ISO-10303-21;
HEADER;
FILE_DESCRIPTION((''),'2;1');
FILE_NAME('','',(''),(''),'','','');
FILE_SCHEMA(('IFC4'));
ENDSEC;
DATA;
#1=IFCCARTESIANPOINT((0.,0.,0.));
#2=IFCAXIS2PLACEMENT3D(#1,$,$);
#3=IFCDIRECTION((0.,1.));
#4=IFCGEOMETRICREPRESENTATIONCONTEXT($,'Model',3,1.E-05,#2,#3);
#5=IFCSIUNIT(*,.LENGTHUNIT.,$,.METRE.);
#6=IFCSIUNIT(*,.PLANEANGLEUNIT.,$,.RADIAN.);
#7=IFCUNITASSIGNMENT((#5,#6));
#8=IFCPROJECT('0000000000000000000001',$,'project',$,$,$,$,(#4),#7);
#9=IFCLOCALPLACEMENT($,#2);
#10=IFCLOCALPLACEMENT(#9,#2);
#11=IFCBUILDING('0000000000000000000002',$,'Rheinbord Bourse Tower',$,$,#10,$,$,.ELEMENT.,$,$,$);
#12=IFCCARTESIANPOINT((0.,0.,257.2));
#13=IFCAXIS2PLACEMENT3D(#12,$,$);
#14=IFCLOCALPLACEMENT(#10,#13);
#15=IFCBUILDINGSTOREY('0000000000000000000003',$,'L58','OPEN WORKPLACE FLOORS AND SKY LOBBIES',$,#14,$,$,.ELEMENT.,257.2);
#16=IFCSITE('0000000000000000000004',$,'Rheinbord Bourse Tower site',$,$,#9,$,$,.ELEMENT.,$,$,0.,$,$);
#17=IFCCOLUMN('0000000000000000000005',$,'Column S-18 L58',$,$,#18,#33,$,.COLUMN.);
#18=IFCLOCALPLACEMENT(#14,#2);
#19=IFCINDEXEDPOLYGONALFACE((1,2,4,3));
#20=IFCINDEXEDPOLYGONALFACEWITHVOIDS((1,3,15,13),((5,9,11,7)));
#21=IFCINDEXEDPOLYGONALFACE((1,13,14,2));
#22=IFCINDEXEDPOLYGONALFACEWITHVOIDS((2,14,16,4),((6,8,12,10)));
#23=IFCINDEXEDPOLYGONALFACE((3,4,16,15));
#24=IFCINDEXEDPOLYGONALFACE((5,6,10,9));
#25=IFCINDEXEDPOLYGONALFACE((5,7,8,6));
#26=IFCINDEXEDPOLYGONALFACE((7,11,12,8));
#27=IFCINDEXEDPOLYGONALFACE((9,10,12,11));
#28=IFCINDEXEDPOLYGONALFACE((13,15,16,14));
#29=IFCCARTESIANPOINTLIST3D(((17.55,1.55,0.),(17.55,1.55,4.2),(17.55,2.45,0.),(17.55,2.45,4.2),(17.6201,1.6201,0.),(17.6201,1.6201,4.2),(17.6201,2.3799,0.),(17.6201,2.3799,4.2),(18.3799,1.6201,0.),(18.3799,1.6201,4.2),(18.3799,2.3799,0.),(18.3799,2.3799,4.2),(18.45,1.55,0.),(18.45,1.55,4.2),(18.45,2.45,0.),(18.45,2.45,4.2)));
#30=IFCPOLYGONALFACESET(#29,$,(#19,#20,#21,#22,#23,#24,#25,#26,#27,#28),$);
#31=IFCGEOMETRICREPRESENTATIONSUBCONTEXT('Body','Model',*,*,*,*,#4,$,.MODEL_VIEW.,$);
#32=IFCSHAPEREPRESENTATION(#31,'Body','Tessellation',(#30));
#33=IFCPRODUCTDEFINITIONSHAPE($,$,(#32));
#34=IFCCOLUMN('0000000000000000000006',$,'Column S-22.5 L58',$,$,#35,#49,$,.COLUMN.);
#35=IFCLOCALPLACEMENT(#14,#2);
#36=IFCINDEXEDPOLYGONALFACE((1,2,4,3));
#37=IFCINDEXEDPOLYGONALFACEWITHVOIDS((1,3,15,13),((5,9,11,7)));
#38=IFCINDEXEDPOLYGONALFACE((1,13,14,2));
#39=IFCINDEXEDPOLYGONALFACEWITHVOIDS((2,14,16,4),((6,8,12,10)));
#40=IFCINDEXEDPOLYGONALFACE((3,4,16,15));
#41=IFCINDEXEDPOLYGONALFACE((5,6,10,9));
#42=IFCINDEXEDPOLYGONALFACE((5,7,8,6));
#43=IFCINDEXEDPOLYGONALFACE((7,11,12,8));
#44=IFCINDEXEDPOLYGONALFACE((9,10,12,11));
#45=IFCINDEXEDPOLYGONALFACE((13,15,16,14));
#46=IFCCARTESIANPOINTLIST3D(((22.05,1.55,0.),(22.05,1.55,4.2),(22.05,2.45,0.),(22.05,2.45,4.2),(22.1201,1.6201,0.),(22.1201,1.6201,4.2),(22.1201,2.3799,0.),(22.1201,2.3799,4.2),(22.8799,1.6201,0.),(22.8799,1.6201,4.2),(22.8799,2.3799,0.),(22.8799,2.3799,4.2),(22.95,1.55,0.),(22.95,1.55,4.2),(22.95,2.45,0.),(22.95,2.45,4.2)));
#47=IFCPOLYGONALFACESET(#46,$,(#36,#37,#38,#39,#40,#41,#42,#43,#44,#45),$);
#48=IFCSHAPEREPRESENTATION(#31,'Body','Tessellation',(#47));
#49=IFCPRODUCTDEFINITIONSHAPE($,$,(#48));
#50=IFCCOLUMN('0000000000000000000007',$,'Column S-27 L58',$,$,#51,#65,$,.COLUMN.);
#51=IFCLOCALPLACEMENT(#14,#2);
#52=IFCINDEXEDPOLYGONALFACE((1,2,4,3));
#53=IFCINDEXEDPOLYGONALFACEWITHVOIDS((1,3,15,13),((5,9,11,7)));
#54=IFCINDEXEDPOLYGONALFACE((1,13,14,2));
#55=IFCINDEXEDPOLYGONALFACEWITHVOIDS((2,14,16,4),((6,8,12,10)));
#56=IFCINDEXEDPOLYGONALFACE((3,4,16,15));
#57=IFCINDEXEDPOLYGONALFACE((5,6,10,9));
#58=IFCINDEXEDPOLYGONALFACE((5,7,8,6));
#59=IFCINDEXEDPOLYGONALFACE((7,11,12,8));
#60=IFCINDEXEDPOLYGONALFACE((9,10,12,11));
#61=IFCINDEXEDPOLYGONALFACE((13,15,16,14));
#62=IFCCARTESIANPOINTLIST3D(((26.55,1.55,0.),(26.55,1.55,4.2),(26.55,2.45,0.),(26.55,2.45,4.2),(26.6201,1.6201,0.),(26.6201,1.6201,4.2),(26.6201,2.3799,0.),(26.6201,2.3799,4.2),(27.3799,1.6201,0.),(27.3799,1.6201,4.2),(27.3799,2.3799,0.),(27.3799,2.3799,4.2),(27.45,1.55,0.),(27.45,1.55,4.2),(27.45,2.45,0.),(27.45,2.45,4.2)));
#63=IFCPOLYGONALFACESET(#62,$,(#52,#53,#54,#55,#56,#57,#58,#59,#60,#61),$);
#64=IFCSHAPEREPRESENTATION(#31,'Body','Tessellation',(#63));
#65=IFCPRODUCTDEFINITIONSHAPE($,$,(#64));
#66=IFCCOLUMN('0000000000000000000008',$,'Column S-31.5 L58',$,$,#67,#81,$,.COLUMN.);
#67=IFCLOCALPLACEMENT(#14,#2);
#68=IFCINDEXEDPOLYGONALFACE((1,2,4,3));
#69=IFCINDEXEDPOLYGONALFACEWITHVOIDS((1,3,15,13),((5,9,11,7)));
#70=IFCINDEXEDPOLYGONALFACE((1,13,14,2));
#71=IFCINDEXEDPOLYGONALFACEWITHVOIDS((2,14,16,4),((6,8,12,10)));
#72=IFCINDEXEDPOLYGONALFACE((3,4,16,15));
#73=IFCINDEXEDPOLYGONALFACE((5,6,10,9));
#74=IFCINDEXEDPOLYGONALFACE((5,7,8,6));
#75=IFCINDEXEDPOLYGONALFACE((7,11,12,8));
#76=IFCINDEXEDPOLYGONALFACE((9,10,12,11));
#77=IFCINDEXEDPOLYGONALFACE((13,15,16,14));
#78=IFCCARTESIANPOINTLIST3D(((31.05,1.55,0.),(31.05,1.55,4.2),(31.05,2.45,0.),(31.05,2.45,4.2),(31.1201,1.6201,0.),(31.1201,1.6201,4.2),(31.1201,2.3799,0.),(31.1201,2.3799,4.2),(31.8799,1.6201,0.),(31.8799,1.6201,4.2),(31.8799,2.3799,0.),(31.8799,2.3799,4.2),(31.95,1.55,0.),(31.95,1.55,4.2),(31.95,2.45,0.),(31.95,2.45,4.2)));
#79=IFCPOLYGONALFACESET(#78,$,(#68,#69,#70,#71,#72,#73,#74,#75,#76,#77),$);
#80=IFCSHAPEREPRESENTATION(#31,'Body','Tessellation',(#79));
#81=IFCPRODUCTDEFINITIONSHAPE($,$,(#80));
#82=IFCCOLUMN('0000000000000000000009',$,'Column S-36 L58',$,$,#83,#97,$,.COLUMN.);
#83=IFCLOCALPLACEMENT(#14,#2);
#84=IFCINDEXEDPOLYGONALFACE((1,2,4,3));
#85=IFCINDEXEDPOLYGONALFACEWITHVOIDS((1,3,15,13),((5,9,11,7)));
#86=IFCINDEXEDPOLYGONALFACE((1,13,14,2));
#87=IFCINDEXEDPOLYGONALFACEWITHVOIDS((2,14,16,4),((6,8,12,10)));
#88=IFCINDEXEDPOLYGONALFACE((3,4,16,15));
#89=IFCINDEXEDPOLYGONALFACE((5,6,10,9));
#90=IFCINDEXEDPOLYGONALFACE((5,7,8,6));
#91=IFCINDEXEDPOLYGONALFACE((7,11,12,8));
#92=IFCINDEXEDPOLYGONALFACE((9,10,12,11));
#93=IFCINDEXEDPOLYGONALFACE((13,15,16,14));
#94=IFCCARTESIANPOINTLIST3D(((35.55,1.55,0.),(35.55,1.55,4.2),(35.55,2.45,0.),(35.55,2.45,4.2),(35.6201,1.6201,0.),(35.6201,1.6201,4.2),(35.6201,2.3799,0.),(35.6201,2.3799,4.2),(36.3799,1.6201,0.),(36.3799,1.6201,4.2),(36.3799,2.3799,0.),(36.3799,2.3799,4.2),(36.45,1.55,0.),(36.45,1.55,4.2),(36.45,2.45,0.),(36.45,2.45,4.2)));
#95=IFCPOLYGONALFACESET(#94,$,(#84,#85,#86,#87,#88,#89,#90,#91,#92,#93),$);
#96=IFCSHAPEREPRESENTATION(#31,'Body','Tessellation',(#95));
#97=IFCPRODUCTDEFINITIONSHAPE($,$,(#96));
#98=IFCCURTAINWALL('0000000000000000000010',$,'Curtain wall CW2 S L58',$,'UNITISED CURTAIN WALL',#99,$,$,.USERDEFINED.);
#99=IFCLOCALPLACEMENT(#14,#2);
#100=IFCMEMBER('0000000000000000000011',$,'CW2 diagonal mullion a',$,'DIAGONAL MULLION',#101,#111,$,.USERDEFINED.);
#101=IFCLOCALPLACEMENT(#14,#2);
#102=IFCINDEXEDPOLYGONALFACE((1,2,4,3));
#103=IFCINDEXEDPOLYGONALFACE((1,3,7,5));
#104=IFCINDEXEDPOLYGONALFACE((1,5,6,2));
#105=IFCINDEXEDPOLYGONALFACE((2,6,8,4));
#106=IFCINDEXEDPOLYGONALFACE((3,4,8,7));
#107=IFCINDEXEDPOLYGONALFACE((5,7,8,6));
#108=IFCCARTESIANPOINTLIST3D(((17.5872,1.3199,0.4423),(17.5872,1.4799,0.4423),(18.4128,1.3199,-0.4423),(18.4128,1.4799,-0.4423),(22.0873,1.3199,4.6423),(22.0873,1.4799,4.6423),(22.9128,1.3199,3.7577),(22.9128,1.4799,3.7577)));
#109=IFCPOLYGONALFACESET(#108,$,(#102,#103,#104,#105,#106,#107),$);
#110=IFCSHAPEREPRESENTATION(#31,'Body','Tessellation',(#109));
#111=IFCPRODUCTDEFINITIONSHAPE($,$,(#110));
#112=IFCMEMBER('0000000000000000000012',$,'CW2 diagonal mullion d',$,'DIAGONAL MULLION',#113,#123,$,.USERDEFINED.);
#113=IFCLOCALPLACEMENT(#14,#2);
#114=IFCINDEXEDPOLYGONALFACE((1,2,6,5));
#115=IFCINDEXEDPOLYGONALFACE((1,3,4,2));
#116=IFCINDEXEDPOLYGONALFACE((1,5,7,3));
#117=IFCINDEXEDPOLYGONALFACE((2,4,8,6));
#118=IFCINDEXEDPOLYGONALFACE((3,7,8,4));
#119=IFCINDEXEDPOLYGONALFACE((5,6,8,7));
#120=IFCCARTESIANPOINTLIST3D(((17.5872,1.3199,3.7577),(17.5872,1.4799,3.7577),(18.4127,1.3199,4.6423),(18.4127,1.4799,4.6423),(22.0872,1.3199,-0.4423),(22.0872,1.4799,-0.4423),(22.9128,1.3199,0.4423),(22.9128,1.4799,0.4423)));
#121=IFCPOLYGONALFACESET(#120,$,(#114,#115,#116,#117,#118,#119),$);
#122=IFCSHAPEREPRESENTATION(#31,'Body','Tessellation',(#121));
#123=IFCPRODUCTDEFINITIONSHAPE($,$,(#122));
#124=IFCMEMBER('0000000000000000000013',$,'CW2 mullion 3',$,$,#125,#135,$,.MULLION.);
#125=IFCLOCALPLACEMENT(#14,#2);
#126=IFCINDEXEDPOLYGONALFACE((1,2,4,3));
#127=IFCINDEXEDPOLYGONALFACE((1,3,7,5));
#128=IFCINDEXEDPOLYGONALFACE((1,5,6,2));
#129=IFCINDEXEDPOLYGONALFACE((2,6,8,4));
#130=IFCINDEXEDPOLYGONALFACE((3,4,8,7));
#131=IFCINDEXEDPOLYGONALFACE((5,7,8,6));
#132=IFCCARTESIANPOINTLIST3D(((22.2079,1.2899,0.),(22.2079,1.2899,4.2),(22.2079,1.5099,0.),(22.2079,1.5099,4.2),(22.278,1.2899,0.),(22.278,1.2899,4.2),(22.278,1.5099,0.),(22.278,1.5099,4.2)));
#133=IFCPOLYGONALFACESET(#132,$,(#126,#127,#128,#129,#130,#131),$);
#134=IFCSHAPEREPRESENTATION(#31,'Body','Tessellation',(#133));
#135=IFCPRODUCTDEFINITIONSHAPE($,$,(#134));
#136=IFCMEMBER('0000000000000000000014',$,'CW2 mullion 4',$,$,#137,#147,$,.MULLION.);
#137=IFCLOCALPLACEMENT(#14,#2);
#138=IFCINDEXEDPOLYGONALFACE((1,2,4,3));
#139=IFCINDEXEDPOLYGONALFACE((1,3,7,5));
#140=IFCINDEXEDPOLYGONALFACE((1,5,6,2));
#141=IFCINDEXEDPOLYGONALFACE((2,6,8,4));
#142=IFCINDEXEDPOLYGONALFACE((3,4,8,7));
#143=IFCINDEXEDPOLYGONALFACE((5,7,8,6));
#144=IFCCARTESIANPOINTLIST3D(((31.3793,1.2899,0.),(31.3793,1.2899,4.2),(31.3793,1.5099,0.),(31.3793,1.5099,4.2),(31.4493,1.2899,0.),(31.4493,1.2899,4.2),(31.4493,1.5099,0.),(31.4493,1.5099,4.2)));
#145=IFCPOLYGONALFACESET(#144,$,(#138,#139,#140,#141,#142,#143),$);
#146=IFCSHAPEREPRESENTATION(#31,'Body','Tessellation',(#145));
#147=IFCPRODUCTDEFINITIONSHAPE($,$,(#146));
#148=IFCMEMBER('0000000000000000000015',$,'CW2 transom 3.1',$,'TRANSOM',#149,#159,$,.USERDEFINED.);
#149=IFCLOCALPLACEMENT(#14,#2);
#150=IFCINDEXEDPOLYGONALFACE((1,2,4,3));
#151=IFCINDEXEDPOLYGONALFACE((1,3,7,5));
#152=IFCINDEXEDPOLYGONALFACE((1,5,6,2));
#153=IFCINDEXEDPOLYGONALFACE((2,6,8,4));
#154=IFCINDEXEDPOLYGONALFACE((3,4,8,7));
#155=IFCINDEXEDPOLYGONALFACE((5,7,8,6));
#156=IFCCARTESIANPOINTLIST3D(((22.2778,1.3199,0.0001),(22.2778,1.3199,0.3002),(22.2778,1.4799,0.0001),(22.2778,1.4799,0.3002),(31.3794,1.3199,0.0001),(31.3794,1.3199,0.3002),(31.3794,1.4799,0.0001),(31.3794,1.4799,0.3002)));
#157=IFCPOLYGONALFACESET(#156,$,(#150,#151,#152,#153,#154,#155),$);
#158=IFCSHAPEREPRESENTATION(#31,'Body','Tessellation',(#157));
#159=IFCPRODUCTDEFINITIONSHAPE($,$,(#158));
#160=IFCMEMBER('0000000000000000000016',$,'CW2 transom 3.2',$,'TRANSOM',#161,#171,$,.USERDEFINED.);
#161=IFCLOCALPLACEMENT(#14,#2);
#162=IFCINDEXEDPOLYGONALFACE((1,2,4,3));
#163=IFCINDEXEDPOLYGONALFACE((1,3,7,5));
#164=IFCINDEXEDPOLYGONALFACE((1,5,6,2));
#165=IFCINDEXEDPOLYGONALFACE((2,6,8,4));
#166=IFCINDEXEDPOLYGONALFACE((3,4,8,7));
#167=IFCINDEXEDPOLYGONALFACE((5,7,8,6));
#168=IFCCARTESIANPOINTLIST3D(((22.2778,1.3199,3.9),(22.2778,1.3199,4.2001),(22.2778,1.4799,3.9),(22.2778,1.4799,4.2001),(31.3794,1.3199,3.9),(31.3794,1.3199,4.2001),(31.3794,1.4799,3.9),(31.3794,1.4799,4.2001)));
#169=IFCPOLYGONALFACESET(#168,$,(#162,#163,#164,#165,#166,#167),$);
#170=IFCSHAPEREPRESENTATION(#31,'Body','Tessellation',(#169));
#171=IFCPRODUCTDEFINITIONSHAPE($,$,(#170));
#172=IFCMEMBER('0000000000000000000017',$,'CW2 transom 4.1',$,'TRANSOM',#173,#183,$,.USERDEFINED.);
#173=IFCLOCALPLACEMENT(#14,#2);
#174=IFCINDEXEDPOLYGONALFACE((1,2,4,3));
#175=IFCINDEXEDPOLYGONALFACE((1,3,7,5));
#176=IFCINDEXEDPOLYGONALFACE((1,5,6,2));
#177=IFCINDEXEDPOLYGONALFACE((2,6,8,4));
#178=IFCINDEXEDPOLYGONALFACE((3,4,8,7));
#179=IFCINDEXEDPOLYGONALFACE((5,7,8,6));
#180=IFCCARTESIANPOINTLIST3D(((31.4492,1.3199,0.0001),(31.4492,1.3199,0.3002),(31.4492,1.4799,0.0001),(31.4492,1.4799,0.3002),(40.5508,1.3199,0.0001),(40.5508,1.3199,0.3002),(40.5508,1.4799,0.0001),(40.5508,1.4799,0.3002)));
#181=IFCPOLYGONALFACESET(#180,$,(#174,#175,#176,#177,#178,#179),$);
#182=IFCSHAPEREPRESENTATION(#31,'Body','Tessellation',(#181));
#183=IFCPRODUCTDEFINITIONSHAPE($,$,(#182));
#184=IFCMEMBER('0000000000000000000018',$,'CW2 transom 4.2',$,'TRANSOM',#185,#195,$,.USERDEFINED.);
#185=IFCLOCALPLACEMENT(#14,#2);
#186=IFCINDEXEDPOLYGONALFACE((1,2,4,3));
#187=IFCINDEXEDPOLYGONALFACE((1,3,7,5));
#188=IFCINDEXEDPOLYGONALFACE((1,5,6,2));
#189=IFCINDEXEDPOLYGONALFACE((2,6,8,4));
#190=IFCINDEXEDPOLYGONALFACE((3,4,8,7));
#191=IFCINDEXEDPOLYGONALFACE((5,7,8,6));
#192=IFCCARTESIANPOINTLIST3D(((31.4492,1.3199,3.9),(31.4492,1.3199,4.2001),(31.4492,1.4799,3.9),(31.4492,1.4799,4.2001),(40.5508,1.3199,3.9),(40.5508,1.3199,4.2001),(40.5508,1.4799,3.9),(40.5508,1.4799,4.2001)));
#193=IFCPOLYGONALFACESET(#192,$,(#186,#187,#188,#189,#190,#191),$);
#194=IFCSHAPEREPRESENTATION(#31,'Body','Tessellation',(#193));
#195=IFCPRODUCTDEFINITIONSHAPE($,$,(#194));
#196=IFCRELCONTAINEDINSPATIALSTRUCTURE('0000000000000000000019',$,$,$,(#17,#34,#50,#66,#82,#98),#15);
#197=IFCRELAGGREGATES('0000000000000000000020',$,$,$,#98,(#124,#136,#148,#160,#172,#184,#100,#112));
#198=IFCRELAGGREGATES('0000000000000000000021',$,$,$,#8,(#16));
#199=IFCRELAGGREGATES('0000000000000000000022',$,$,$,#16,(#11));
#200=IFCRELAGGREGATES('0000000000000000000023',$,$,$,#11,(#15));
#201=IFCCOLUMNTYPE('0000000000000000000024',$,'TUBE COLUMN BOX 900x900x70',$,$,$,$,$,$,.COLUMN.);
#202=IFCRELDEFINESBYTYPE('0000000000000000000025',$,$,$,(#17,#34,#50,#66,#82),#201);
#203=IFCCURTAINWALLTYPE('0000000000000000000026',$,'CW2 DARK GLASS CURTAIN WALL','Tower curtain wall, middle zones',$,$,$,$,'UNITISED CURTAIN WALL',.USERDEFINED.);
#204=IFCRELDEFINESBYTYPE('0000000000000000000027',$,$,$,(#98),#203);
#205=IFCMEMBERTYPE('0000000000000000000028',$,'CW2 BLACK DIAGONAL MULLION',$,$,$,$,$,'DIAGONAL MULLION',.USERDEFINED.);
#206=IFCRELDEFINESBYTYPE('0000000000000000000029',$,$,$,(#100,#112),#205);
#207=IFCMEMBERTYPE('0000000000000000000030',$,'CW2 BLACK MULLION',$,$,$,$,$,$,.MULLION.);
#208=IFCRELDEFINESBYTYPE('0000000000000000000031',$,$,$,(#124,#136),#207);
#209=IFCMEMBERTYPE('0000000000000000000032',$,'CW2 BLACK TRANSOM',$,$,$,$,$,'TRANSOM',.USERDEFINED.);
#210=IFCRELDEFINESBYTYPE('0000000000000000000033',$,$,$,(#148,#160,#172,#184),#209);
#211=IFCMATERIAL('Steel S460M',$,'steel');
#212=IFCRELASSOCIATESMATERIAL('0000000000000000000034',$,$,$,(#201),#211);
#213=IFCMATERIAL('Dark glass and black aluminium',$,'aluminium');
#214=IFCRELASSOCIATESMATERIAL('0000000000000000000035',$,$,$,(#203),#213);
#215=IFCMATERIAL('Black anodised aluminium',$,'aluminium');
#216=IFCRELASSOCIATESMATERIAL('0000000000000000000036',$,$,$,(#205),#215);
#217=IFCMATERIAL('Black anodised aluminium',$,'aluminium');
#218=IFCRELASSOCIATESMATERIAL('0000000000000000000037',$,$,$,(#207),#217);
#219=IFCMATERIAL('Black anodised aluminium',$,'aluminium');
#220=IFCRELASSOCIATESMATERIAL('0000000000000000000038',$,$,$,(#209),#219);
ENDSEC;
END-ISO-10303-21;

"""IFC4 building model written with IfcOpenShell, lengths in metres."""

from ifc_helpers import new_model, si_unit, direction, frame, origin, origin_2d, place, context, subcontext, project, spatial, rectangle, hollow_rectangle, extrude, material, material_profile, profile_set, type_object, element, aggregate, save


model = new_model("IFC4")

# Units and contexts
model_context = context("Model", 3, precision=1e-05, world=origin(), true_north=direction((0.0, 1.0)))
body_context = subcontext(model_context, "Body", "Model", "MODEL_VIEW")
ifc_project = project(units=[si_unit("LENGTHUNIT", "METRE"), si_unit("PLANEANGLEUNIT", "RADIAN")], contexts=[model_context])

# Site, building, storey
site_placement = place(None, origin())
site = spatial("IfcSite", under=ifc_project, at=site_placement, Name="Rheinbord Bourse Tower site", CompositionType="ELEMENT", RefElevation=0.0)
building_placement = place(site_placement, origin())
building = spatial("IfcBuilding", under=site, at=building_placement, Name="Rheinbord Bourse Tower", CompositionType="ELEMENT")
storey_placement = place(building_placement, frame((0.0, 0.0, 257.2)))
storey = spatial("IfcBuildingStorey", under=building, at=storey_placement, Name="L58", Description="OPEN WORKPLACE FLOORS AND SKY LOBBIES", CompositionType="ELEMENT", Elevation=257.2)

# Columns
ifc_material_1 = material(Name="Steel S460M", Category="steel")
ifc_material_profile_1 = material_profile(ifc_material_1, hollow_rectangle(XDim=0.8999, YDim=0.8999, WallThickness=0.0701, at=origin_2d()), Name="BOX 900x900x70")
ifc_profile_set_1 = profile_set([ifc_material_profile_1], Name="Steel S460M")
column_type = type_object("IfcColumnType", Name="TUBE COLUMN BOX 900x900x70", PredefinedType="COLUMN", material=ifc_profile_set_1)
for number, where, z_axis, x_axis, name in (
    (1, (18.0, 2.0, 0.0), (0.0, 0.0, 1.0), (0.0, 1.0, 0.0), "Column S-18 L58"),
    (2, (22.5, 2.0, 0.0), (0.0, 0.0, 1.0), (0.0, 1.0, 0.0), "Column S-22.5 L58"),
    (3, (27.0, 2.0, 0.0), (0.0, 0.0, 1.0), (0.0, 1.0, 0.0), "Column S-27 L58"),
    (4, (31.5, 2.0, 0.0), (0.0, 0.0, 1.0), (0.0, 1.0, 0.0), "Column S-31.5 L58"),
    (5, (36.0, 2.0, 0.0), (0.0, 0.0, 1.0), (0.0, 1.0, 0.0), "Column S-36 L58"),
):
    element("IfcColumn", number, at=place(storey_placement, frame(where, z_axis=z_axis, x_axis=x_axis)), inside=storey, type_object=column_type, Name=name, PredefinedType="COLUMN", context=body_context, shape_type="SweptSolid", body=[
        extrude(hollow_rectangle(XDim=0.8999, YDim=0.8999, WallThickness=0.0701, at=origin_2d()), origin(), (0.0, 0.0, 1.0), 4.2),
    ])

# Curtain wall, members
ifc_material_2 = material(Name="Dark glass and black aluminium", Category="aluminium")
curtain_wall_type = type_object("IfcCurtainWallType", Name="CW2 DARK GLASS CURTAIN WALL", Description="Tower curtain wall, middle zones", ElementType="UNITISED CURTAIN WALL", PredefinedType="USERDEFINED", material=ifc_material_2)
curtain_wall_placement = place(storey_placement, origin())
curtain_wall = element("IfcCurtainWall", 6, at=curtain_wall_placement, inside=storey, type_object=curtain_wall_type, Name="Curtain wall CW2 S L58", ObjectType="UNITISED CURTAIN WALL", PredefinedType="USERDEFINED")
ifc_material_3 = material(Name="Black anodised aluminium", Category="aluminium")
ifc_material_profile_2 = material_profile(ifc_material_3, rectangle(XDim=0.1599, YDim=1.21, at=origin_2d()), Name="CW2 DIAGONAL MULLION 1210x160")
ifc_profile_set_2 = profile_set([ifc_material_profile_2], Name="Black anodised aluminium")
member_type_1 = type_object("IfcMemberType", Name="CW2 BLACK DIAGONAL MULLION", ElementType="DIAGONAL MULLION", PredefinedType="USERDEFINED", material=ifc_profile_set_2)
member_1_placement = place(storey_placement, frame((18.0, 1.3999, 0.0), z_axis=(0.731059, 0.0, 0.682314), x_axis=(0.0, 1.0, 0.0)))
member_1 = element("IfcMember", 7, at=member_1_placement, type_object=member_type_1, Name="CW2 diagonal mullion a", ObjectType="DIAGONAL MULLION", PredefinedType="USERDEFINED", context=body_context, shape_type="SweptSolid", body=[
    extrude(rectangle(XDim=0.1599, YDim=1.21, at=origin_2d()), origin(), (0.0, 0.0, 1.0), 6.1555),
])
member_2_placement = place(storey_placement, frame((22.5, 1.3999, 0.0), z_axis=(-0.731059, 0.0, 0.682314), x_axis=(0.0, -1.0, 0.0)))
member_2 = element("IfcMember", 8, at=member_2_placement, type_object=member_type_1, Name="CW2 diagonal mullion d", ObjectType="DIAGONAL MULLION", PredefinedType="USERDEFINED", context=body_context, shape_type="SweptSolid", body=[
    extrude(rectangle(XDim=0.1599, YDim=1.21, at=origin_2d()), origin(), (0.0, 0.0, 1.0), 6.1555),
])
ifc_material_4 = material(Name="Black anodised aluminium", Category="aluminium")
ifc_material_profile_3 = material_profile(ifc_material_4, rectangle(XDim=0.22, YDim=0.0701, at=origin_2d()), Name="CW2 MULLION 70x220")
ifc_profile_set_3 = profile_set([ifc_material_profile_3], Name="Black anodised aluminium")
member_type_2 = type_object("IfcMemberType", Name="CW2 BLACK MULLION", PredefinedType="MULLION", material=ifc_profile_set_3)
member_3_placement = place(storey_placement, frame((22.2429, 1.3999, 0.0), z_axis=(0.0, 0.0, 1.0), x_axis=(0.0, 1.0, 0.0)))
member_3 = element("IfcMember", 9, at=member_3_placement, type_object=member_type_2, Name="CW2 mullion 3", PredefinedType="MULLION", context=body_context, shape_type="SweptSolid", body=[
    extrude(rectangle(XDim=0.22, YDim=0.0701, at=origin_2d()), origin(), (0.0, 0.0, 1.0), 4.2),
])
member_4_placement = place(storey_placement, frame((31.4143, 1.3999, 0.0), z_axis=(0.0, 0.0, 1.0), x_axis=(0.0, 1.0, 0.0)))
member_4 = element("IfcMember", 10, at=member_4_placement, type_object=member_type_2, Name="CW2 mullion 4", PredefinedType="MULLION", context=body_context, shape_type="SweptSolid", body=[
    extrude(rectangle(XDim=0.22, YDim=0.0701, at=origin_2d()), origin(), (0.0, 0.0, 1.0), 4.2),
])
ifc_material_5 = material(Name="Black anodised aluminium", Category="aluminium")
ifc_material_profile_4 = material_profile(ifc_material_5, rectangle(XDim=0.1599, YDim=0.3, at=origin_2d()), Name="CW2 TRANSOM 300x160")
ifc_profile_set_4 = profile_set([ifc_material_profile_4], Name="Black anodised aluminium")
member_type_3 = type_object("IfcMemberType", Name="CW2 BLACK TRANSOM", ElementType="TRANSOM", PredefinedType="USERDEFINED", material=ifc_profile_set_4)
member_5_placement = place(storey_placement, frame((22.2778, 1.3999, 0.1501), z_axis=(1.0, 0.0, 0.0), x_axis=(0.0, 1.0, 0.0)))
member_5 = element("IfcMember", 11, at=member_5_placement, type_object=member_type_3, Name="CW2 transom 3.1", ObjectType="TRANSOM", PredefinedType="USERDEFINED", context=body_context, shape_type="SweptSolid", body=[
    extrude(rectangle(XDim=0.1599, YDim=0.3, at=origin_2d()), origin(), (0.0, 0.0, 1.0), 9.1016),
])
member_6_placement = place(storey_placement, frame((22.2778, 1.3999, 4.05), z_axis=(1.0, 0.0, 0.0), x_axis=(0.0, 1.0, 0.0)))
member_6 = element("IfcMember", 12, at=member_6_placement, type_object=member_type_3, Name="CW2 transom 3.2", ObjectType="TRANSOM", PredefinedType="USERDEFINED", context=body_context, shape_type="SweptSolid", body=[
    extrude(rectangle(XDim=0.1599, YDim=0.3, at=origin_2d()), origin(), (0.0, 0.0, 1.0), 9.1016),
])
member_7_placement = place(storey_placement, frame((31.4492, 1.3999, 0.1501), z_axis=(1.0, 0.0, 0.0), x_axis=(0.0, 1.0, 0.0)))
member_7 = element("IfcMember", 13, at=member_7_placement, type_object=member_type_3, Name="CW2 transom 4.1", ObjectType="TRANSOM", PredefinedType="USERDEFINED", context=body_context, shape_type="SweptSolid", body=[
    extrude(rectangle(XDim=0.1599, YDim=0.3, at=origin_2d()), origin(), (0.0, 0.0, 1.0), 9.1016),
])
member_8_placement = place(storey_placement, frame((31.4492, 1.3999, 4.05), z_axis=(1.0, 0.0, 0.0), x_axis=(0.0, 1.0, 0.0)))
member_8 = element("IfcMember", 14, at=member_8_placement, type_object=member_type_3, Name="CW2 transom 4.2", ObjectType="TRANSOM", PredefinedType="USERDEFINED", context=body_context, shape_type="SweptSolid", body=[
    extrude(rectangle(XDim=0.1599, YDim=0.3, at=origin_2d()), origin(), (0.0, 0.0, 1.0), 9.1016),
])

aggregate(curtain_wall, [member_3, member_4, member_5, member_6, member_7, member_8, member_1, member_2])

save(model, "model.ifc")
